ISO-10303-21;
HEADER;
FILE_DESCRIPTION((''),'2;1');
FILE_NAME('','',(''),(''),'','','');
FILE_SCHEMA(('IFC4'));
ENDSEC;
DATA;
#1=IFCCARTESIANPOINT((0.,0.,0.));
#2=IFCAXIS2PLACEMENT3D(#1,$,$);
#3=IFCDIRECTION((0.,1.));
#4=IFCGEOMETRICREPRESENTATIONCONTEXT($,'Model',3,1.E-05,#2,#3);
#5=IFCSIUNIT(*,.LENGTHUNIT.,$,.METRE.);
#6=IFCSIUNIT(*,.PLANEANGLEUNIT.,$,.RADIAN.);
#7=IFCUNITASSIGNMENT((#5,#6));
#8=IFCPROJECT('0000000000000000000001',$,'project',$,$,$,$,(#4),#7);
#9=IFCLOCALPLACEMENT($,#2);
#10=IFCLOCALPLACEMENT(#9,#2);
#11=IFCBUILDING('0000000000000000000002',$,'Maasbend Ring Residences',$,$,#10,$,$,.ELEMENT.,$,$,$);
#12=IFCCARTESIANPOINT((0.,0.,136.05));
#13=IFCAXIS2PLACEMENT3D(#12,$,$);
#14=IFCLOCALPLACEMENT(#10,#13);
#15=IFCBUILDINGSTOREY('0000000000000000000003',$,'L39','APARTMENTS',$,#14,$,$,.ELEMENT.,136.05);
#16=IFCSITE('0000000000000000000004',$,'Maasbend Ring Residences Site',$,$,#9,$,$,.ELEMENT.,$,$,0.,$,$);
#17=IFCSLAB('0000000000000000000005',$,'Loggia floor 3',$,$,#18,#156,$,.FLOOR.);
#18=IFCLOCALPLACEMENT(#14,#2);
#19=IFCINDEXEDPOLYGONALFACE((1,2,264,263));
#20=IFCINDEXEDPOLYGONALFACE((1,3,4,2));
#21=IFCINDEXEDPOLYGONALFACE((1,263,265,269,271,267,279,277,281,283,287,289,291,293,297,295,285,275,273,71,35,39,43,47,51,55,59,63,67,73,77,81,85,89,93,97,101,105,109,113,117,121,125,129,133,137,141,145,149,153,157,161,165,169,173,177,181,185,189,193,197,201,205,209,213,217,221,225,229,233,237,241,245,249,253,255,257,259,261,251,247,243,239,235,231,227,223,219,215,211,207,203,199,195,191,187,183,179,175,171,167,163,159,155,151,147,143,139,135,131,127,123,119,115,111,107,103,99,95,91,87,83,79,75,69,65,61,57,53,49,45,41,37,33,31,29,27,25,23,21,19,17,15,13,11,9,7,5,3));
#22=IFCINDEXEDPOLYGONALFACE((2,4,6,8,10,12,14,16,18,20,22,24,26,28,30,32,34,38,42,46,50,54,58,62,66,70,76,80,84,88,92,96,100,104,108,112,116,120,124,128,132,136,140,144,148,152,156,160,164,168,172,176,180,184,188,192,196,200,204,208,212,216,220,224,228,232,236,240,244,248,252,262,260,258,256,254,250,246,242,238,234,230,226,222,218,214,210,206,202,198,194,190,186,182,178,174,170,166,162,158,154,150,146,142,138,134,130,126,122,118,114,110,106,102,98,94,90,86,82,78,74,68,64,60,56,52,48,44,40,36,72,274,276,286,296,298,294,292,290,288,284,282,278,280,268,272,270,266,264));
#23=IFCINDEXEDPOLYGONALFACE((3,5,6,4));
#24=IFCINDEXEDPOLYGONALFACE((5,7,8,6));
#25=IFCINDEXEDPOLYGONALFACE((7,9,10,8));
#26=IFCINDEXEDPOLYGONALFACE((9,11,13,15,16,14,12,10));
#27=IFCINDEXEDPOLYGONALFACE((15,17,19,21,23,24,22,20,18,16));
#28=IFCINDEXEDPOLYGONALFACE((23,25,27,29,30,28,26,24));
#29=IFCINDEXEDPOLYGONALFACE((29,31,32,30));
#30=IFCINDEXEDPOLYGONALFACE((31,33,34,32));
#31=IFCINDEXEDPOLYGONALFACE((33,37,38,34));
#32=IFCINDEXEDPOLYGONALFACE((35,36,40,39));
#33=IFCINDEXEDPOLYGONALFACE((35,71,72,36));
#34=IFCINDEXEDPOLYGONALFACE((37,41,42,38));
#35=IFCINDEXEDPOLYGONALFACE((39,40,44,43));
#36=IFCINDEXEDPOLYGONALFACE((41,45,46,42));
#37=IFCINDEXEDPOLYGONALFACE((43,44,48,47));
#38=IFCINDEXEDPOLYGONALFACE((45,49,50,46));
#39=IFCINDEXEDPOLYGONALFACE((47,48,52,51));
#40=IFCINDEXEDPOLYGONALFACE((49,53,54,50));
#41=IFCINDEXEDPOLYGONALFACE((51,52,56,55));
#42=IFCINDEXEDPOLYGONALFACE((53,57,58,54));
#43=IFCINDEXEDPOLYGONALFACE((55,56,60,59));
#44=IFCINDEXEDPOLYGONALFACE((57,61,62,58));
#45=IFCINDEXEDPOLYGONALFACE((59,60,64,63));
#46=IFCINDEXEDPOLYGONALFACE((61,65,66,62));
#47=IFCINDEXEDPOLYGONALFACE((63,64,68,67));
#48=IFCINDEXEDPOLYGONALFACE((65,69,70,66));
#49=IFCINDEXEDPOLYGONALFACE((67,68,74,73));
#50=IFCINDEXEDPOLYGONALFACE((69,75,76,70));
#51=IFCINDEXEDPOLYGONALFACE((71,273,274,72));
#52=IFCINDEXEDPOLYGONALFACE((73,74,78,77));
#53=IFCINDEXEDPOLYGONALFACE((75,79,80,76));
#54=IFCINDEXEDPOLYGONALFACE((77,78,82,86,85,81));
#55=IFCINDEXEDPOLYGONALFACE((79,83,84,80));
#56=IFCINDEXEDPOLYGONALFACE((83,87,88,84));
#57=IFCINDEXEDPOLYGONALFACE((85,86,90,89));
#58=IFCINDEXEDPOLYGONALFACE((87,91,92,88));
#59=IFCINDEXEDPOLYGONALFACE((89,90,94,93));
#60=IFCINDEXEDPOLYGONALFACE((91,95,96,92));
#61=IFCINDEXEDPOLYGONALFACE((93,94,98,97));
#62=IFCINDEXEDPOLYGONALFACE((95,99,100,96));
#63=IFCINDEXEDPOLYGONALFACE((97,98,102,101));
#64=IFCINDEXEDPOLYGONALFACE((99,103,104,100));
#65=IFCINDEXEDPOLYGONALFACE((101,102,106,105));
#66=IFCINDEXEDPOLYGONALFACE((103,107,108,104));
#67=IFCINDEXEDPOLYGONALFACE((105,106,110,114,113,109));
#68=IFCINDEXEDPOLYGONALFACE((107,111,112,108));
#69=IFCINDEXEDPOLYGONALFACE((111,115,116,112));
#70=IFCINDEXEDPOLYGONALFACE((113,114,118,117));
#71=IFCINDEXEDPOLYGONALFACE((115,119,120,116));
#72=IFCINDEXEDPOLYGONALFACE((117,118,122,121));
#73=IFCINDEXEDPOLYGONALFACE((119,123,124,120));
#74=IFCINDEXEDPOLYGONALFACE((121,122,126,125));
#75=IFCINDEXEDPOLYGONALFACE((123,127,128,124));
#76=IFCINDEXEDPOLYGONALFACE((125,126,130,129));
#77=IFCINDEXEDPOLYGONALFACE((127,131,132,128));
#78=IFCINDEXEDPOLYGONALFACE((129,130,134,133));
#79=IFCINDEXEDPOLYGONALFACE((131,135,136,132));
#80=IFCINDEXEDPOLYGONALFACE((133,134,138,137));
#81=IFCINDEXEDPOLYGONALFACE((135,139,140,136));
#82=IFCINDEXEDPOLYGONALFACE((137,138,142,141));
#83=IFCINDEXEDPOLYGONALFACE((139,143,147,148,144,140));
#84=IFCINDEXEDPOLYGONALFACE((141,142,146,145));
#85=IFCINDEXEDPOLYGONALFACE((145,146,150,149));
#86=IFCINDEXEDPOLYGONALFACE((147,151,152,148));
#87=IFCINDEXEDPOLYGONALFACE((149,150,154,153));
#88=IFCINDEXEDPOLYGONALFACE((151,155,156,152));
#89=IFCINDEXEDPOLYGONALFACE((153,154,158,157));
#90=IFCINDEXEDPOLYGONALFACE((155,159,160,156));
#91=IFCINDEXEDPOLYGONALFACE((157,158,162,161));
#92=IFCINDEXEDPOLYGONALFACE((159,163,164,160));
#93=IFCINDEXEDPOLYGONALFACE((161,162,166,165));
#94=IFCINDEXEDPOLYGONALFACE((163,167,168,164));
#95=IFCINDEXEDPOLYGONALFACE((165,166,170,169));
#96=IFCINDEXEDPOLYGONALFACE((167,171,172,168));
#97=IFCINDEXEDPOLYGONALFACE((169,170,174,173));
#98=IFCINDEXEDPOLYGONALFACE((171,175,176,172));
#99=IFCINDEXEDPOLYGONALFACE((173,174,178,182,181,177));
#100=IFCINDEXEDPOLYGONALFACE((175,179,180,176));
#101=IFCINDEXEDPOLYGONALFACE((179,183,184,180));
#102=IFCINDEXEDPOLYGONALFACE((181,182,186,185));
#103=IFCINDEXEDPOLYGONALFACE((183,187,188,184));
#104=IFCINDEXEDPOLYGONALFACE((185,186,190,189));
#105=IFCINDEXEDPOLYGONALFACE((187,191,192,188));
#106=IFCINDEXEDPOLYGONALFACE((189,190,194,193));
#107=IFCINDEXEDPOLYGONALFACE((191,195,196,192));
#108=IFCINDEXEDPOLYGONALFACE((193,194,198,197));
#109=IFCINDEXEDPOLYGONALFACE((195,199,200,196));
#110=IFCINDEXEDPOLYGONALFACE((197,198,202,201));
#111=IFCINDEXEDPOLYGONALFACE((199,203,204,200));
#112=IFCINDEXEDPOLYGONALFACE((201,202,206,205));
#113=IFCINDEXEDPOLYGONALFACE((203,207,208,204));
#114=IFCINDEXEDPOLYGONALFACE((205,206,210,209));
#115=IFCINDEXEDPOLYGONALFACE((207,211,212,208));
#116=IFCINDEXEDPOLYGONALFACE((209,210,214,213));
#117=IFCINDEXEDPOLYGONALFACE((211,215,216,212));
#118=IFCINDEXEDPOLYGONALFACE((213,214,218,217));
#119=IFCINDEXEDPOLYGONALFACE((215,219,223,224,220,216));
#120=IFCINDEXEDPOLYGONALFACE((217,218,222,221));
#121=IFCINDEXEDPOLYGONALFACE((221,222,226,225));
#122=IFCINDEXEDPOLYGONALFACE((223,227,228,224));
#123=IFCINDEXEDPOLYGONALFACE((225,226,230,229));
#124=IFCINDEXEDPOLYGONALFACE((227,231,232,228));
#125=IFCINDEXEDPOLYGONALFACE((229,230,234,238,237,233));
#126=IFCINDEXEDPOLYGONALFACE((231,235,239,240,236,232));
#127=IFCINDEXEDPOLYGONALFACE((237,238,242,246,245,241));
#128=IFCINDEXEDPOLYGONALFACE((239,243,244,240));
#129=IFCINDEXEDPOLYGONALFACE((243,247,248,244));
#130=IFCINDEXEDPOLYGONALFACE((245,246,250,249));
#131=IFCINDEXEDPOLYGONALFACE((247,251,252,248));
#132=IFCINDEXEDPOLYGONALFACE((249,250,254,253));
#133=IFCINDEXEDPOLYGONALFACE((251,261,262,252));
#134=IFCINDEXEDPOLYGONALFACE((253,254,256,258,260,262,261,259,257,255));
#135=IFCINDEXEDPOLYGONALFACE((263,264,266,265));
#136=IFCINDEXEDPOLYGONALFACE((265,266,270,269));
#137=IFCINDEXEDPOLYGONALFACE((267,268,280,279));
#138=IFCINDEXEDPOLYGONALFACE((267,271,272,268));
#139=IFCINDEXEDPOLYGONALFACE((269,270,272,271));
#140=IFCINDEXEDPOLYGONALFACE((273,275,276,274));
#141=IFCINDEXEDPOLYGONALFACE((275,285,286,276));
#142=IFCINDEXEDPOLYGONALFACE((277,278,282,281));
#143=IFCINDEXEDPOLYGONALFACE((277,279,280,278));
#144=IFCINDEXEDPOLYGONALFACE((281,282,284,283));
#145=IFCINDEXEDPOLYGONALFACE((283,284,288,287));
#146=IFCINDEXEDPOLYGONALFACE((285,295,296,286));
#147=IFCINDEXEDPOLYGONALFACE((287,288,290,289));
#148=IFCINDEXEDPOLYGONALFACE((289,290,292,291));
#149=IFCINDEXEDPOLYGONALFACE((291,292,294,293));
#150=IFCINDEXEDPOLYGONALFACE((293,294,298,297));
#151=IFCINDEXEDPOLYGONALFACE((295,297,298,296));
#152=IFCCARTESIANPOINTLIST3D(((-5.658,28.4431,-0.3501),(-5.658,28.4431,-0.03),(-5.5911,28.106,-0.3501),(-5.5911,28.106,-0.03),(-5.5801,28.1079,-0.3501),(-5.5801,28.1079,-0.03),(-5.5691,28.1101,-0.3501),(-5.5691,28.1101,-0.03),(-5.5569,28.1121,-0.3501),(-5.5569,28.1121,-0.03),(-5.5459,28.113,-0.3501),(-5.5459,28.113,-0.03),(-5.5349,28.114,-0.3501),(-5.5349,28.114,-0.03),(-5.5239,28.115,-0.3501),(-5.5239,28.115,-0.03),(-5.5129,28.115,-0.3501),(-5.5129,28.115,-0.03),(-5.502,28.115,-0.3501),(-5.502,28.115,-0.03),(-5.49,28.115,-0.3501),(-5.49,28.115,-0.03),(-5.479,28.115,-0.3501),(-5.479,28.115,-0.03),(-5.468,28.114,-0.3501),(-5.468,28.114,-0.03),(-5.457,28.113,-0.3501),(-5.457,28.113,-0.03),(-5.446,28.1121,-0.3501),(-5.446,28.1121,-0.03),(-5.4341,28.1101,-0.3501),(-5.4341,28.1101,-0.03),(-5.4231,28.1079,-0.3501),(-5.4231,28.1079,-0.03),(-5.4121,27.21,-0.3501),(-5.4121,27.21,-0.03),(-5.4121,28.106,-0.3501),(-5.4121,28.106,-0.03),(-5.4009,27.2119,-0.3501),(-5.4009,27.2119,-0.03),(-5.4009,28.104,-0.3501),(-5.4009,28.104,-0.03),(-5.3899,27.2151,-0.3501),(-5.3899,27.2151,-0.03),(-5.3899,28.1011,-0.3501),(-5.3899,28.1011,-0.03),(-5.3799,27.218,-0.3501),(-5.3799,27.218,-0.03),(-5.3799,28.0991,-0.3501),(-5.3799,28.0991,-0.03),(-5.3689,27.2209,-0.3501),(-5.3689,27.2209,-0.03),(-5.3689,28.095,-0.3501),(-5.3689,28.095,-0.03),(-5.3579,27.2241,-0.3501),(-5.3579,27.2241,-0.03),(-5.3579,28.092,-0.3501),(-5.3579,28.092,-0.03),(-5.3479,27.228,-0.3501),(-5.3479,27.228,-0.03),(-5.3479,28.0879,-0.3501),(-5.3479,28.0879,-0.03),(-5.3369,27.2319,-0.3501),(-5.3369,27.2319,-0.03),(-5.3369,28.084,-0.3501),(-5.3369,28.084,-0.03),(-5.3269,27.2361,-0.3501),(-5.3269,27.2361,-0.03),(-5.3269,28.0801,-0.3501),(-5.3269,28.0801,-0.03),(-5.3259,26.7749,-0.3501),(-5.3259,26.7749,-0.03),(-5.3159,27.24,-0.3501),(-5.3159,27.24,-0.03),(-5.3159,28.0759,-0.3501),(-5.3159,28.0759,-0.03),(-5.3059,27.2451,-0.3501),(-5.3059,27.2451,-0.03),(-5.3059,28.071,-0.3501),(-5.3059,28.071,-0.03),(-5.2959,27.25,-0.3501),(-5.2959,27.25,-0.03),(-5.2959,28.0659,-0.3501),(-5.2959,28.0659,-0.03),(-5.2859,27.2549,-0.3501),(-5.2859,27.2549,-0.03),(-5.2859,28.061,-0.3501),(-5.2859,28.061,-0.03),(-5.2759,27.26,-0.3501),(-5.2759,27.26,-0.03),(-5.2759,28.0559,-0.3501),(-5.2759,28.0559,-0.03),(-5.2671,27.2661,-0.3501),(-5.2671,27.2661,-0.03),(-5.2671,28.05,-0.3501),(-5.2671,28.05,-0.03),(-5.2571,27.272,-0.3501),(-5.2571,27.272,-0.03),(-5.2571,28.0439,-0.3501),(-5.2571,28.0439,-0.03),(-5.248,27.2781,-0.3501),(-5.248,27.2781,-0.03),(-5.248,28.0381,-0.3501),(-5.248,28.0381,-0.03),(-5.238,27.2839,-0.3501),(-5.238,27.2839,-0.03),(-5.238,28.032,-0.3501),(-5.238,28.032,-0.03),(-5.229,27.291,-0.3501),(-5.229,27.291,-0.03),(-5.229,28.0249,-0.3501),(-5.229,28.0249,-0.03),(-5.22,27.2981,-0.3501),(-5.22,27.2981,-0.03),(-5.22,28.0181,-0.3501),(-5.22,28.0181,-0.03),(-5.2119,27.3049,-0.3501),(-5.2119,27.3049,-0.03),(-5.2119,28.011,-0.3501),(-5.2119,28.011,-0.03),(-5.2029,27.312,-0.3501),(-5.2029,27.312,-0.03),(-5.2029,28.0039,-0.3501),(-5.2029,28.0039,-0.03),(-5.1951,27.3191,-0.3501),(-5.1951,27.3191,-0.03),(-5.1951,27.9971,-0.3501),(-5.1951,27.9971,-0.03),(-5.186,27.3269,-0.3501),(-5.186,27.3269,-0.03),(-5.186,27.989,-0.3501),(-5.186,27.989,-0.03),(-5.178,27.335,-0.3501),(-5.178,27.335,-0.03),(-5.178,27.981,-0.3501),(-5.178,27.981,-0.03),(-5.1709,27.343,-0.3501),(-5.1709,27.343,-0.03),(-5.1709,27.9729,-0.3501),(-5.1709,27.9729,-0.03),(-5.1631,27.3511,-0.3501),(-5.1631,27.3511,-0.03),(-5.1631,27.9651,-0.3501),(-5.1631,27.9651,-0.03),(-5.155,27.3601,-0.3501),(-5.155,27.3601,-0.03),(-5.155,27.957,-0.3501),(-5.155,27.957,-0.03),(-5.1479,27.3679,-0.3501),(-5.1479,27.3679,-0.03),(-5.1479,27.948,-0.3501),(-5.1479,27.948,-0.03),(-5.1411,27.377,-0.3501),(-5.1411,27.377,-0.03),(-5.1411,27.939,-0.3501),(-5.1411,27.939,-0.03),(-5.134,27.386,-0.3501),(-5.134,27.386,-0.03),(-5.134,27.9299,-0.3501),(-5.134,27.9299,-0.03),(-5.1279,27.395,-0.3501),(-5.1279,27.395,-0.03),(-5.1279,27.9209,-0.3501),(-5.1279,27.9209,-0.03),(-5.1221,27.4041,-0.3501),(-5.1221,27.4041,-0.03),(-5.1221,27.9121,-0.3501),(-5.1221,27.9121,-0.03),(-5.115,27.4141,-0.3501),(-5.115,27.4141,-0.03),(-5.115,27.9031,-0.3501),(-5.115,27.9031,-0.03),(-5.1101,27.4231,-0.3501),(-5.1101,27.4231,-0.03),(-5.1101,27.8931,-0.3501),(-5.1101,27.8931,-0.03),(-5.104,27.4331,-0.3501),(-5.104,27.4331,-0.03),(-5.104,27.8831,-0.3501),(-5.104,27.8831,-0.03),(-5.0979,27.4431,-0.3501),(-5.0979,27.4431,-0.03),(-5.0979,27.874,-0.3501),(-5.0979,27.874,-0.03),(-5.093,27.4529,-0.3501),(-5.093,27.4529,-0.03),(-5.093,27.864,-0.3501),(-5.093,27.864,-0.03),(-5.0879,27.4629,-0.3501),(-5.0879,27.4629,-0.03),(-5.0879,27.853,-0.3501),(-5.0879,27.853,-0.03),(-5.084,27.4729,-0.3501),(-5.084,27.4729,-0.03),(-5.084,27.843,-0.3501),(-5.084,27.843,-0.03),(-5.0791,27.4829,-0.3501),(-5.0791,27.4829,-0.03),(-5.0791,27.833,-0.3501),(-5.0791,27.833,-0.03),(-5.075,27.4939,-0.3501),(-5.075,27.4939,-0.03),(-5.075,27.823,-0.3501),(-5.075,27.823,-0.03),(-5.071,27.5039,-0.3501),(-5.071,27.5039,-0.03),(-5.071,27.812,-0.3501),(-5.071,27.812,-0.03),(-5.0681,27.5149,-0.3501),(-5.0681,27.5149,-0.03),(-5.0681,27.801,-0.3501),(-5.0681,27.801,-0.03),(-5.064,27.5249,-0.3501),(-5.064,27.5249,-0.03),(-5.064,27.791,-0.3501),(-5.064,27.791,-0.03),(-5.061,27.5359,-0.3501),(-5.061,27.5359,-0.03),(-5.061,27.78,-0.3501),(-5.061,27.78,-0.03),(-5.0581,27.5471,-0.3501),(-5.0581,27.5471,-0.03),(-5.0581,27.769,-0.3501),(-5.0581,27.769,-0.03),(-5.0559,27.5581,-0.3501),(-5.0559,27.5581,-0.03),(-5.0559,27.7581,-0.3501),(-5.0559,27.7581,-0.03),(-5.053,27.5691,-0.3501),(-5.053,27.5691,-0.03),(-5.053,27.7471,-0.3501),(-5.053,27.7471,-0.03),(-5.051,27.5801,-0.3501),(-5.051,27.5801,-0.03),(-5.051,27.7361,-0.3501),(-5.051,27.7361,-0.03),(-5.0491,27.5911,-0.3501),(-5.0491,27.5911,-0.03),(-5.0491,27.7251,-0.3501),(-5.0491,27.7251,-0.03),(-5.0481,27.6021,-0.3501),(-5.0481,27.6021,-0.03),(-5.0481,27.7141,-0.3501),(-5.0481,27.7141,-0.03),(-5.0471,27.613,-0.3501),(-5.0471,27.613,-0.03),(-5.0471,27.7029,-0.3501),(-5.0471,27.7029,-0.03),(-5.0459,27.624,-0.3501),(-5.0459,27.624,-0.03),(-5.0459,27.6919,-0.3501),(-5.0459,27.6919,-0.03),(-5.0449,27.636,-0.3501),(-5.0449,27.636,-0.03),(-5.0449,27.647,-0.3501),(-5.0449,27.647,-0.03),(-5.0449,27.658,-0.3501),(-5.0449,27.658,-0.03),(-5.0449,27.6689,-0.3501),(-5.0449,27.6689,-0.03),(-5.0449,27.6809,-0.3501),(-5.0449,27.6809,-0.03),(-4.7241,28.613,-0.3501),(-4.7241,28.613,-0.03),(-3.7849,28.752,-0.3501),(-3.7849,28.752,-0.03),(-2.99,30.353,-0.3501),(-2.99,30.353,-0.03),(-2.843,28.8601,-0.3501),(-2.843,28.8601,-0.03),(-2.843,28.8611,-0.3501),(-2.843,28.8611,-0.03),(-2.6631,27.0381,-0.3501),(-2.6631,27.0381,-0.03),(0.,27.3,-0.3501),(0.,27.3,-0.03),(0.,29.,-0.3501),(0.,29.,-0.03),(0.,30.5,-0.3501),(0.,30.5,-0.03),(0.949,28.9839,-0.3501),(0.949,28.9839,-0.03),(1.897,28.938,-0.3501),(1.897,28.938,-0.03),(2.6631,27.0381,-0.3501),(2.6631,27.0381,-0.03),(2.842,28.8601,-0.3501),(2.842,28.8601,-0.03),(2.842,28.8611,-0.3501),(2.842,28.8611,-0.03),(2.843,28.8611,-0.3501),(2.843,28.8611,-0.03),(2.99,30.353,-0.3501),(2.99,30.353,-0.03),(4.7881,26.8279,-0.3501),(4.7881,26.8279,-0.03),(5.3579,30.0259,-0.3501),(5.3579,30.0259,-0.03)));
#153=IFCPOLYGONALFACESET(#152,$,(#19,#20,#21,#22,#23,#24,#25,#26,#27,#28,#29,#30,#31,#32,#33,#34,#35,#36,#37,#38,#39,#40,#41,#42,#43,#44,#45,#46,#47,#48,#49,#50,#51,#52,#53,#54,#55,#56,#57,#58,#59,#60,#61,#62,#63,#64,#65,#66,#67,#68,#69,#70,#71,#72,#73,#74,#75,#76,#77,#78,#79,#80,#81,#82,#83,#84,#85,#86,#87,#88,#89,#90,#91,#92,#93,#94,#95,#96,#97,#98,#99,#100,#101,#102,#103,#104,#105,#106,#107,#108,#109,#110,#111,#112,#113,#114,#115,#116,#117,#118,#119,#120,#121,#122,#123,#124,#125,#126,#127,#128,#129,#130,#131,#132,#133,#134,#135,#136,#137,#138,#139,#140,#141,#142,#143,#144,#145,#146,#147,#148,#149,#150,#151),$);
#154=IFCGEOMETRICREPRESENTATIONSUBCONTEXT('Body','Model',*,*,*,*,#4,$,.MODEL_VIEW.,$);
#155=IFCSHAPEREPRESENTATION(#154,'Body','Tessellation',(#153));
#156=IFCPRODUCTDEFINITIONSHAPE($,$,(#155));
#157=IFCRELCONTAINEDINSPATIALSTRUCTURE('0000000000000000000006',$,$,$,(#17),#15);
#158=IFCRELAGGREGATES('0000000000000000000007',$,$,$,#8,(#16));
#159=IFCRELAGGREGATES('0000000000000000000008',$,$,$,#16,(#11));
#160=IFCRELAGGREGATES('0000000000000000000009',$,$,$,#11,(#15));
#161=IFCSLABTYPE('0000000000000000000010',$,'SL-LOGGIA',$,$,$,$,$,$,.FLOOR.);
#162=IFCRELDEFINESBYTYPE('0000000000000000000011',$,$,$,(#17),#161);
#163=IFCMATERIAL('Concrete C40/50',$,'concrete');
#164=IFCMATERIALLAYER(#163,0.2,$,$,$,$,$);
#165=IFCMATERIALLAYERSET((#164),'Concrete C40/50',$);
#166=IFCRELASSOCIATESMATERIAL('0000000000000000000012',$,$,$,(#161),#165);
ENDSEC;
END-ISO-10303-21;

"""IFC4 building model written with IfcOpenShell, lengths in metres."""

from ifc_helpers import new_model, si_unit, direction, frame, origin, place, context, subcontext, project, spatial, polyline, outline, extrude, material, layer, layer_set, type_object, element, save


model = new_model("IFC4")

# Units and contexts
model_context = context("Model", 3, precision=1e-05, world=origin(), true_north=direction((0.0, 1.0)))
body_context = subcontext(model_context, "Body", "Model", "MODEL_VIEW")
ifc_project = project(units=[si_unit("LENGTHUNIT", "METRE"), si_unit("PLANEANGLEUNIT", "RADIAN")], contexts=[model_context])

# Site, building, storey
site_placement = place(None, origin())
site = spatial("IfcSite", under=ifc_project, at=site_placement, Name="Maasbend Ring Residences Site", CompositionType="ELEMENT", RefElevation=0.0)
building_placement = place(site_placement, origin())
building = spatial("IfcBuilding", under=site, at=building_placement, Name="Maasbend Ring Residences", CompositionType="ELEMENT")
storey_placement = place(building_placement, frame((0.0, 0.0, 136.05)))
storey = spatial("IfcBuildingStorey", under=building, at=storey_placement, Name="L39", Description="APARTMENTS", CompositionType="ELEMENT", Elevation=136.05)

# Slab
ifc_material_1 = material(Name="Concrete C40/50", Category="concrete")
ifc_layer_1 = layer(ifc_material_1, 0.2)
ifc_layer_set_1 = layer_set([ifc_layer_1], Name="Concrete C40/50")
slab_type_1 = type_object("IfcSlabType", Name="SL-LOGGIA", PredefinedType="FLOOR", material=ifc_layer_set_1)
slab_1_placement = place(storey_placement, frame((0.0, 0.0, -0.3501)))
element("IfcSlab", 1, at=slab_1_placement, inside=storey, type_object=slab_type_1, Name="Loggia floor 3", PredefinedType="FLOOR", context=body_context, shape_type="SweptSolid", body=[
    extrude(outline(polyline([(-3.7849, 28.752), (-2.843, 28.8601), (-2.843, 28.8601), (-2.843, 28.8601), (-2.843, 28.8601), (-2.843, 28.8601), (-2.843, 28.8601), (-2.843, 28.8601), (-2.843, 28.8601), (-2.843, 28.8601), (-2.843, 28.8611), (-2.843, 28.8611), (-2.843, 28.8611), (-2.843, 28.8611), (-2.843, 28.8611), (-2.843, 28.8611), (-2.843, 28.8611), (-2.843, 28.8611), (-2.99, 30.353), (-2.99, 30.353), (-2.99, 30.353), (0.0, 30.5), (0.0, 30.5), (0.0, 30.5), (0.0, 29.0), (0.0, 29.0), (0.0, 29.0), (0.0, 29.0), (0.0, 29.0), (0.0, 29.0), (0.0, 29.0), (0.0, 29.0), (0.0, 29.0), (0.0, 29.0), (0.0, 29.0), (0.0, 29.0), (0.0, 29.0), (0.0, 29.0), (0.0, 29.0), (0.0, 29.0), (0.0, 29.0), (0.949, 28.9839), (0.949, 28.9839), (1.897, 28.938), (1.897, 28.938), (2.842, 28.8601), (2.842, 28.8601), (2.842, 28.8601), (2.842, 28.8601), (2.842, 28.8601), (2.842, 28.8601), (2.842, 28.8601), (2.842, 28.8601), (2.842, 28.8611), (2.842, 28.8611), (2.842, 28.8611), (2.842, 28.8611), (2.842, 28.8611), (2.843, 28.8611), (2.843, 28.8611), (2.843, 28.8611), (2.843, 28.8611), (2.99, 30.353), (2.99, 30.353), (2.99, 30.353), (5.3579, 30.0259), (5.3579, 30.0259), (5.3579, 30.0259), (4.7881, 26.8279), (4.7881, 26.8279), (4.7881, 26.8279), (2.6631, 27.0381), (0.0, 27.3), (0.0, 27.3), (0.0, 27.3), (-2.6631, 27.0381), (-5.3259, 26.7749), (-5.3259, 26.7749), (-5.3259, 26.7749), (-5.4121, 27.21), (-5.4121, 27.21), (-5.4009, 27.2119), (-5.3899, 27.2151), (-5.3799, 27.218), (-5.3689, 27.2209), (-5.3579, 27.2241), (-5.3479, 27.228), (-5.3369, 27.2319), (-5.3269, 27.2361), (-5.3159, 27.24), (-5.3059, 27.2451), (-5.2959, 27.25), (-5.2859, 27.2549), (-5.2759, 27.26), (-5.2671, 27.2661), (-5.2571, 27.272), (-5.248, 27.2781), (-5.238, 27.2839), (-5.229, 27.291), (-5.22, 27.2981), (-5.2119, 27.3049), (-5.2029, 27.312), (-5.1951, 27.3191), (-5.186, 27.3269), (-5.178, 27.335), (-5.1709, 27.343), (-5.1631, 27.3511), (-5.155, 27.3601), (-5.1479, 27.3679), (-5.1411, 27.377), (-5.134, 27.386), (-5.1279, 27.395), (-5.1221, 27.4041), (-5.115, 27.4141), (-5.1101, 27.4231), (-5.104, 27.4331), (-5.0979, 27.4431), (-5.093, 27.4529), (-5.0879, 27.4629), (-5.084, 27.4729), (-5.0791, 27.4829), (-5.075, 27.4939), (-5.071, 27.5039), (-5.0681, 27.5149), (-5.064, 27.5249), (-5.061, 27.5359), (-5.0581, 27.5471), (-5.0559, 27.5581), (-5.053, 27.5691), (-5.051, 27.5801), (-5.0491, 27.5911), (-5.0481, 27.6021), (-5.0471, 27.613), (-5.0459, 27.624), (-5.0449, 27.636), (-5.0449, 27.647), (-5.0449, 27.658), (-5.0449, 27.6689), (-5.0449, 27.6809), (-5.0459, 27.6919), (-5.0471, 27.7029), (-5.0481, 27.7141), (-5.0491, 27.7251), (-5.051, 27.7361), (-5.053, 27.7471), (-5.0559, 27.7581), (-5.0581, 27.769), (-5.061, 27.78), (-5.064, 27.791), (-5.0681, 27.801), (-5.071, 27.812), (-5.075, 27.823), (-5.0791, 27.833), (-5.084, 27.843), (-5.0879, 27.853), (-5.093, 27.864), (-5.0979, 27.874), (-5.104, 27.8831), (-5.1101, 27.8931), (-5.115, 27.9031), (-5.1221, 27.9121), (-5.1279, 27.9209), (-5.134, 27.9299), (-5.1411, 27.939), (-5.1479, 27.948), (-5.155, 27.957), (-5.1631, 27.9651), (-5.1709, 27.9729), (-5.178, 27.981), (-5.186, 27.989), (-5.1951, 27.9971), (-5.2029, 28.0039), (-5.2119, 28.011), (-5.22, 28.0181), (-5.229, 28.0249), (-5.238, 28.032), (-5.248, 28.0381), (-5.2571, 28.0439), (-5.2671, 28.05), (-5.2759, 28.0559), (-5.2859, 28.061), (-5.2959, 28.0659), (-5.3059, 28.071), (-5.3159, 28.0759), (-5.3269, 28.0801), (-5.3369, 28.084), (-5.3479, 28.0879), (-5.3579, 28.092), (-5.3689, 28.095), (-5.3799, 28.0991), (-5.3899, 28.1011), (-5.4009, 28.104), (-5.4121, 28.106), (-5.4231, 28.1079), (-5.4341, 28.1101), (-5.446, 28.1121), (-5.457, 28.113), (-5.468, 28.114), (-5.479, 28.115), (-5.49, 28.115), (-5.502, 28.115), (-5.5129, 28.115), (-5.5239, 28.115), (-5.5349, 28.114), (-5.5459, 28.113), (-5.5569, 28.1121), (-5.5691, 28.1101), (-5.5801, 28.1079), (-5.5911, 28.106), (-5.5911, 28.106), (-5.658, 28.4431), (-5.658, 28.4431), (-5.658, 28.4431), (-4.7241, 28.613), (-4.7241, 28.613), (-3.7849, 28.752), (-3.7849, 28.752)])), origin(), (0.0, 0.0, 1.0), 0.3201),
])

save(model, "model.ifc")
